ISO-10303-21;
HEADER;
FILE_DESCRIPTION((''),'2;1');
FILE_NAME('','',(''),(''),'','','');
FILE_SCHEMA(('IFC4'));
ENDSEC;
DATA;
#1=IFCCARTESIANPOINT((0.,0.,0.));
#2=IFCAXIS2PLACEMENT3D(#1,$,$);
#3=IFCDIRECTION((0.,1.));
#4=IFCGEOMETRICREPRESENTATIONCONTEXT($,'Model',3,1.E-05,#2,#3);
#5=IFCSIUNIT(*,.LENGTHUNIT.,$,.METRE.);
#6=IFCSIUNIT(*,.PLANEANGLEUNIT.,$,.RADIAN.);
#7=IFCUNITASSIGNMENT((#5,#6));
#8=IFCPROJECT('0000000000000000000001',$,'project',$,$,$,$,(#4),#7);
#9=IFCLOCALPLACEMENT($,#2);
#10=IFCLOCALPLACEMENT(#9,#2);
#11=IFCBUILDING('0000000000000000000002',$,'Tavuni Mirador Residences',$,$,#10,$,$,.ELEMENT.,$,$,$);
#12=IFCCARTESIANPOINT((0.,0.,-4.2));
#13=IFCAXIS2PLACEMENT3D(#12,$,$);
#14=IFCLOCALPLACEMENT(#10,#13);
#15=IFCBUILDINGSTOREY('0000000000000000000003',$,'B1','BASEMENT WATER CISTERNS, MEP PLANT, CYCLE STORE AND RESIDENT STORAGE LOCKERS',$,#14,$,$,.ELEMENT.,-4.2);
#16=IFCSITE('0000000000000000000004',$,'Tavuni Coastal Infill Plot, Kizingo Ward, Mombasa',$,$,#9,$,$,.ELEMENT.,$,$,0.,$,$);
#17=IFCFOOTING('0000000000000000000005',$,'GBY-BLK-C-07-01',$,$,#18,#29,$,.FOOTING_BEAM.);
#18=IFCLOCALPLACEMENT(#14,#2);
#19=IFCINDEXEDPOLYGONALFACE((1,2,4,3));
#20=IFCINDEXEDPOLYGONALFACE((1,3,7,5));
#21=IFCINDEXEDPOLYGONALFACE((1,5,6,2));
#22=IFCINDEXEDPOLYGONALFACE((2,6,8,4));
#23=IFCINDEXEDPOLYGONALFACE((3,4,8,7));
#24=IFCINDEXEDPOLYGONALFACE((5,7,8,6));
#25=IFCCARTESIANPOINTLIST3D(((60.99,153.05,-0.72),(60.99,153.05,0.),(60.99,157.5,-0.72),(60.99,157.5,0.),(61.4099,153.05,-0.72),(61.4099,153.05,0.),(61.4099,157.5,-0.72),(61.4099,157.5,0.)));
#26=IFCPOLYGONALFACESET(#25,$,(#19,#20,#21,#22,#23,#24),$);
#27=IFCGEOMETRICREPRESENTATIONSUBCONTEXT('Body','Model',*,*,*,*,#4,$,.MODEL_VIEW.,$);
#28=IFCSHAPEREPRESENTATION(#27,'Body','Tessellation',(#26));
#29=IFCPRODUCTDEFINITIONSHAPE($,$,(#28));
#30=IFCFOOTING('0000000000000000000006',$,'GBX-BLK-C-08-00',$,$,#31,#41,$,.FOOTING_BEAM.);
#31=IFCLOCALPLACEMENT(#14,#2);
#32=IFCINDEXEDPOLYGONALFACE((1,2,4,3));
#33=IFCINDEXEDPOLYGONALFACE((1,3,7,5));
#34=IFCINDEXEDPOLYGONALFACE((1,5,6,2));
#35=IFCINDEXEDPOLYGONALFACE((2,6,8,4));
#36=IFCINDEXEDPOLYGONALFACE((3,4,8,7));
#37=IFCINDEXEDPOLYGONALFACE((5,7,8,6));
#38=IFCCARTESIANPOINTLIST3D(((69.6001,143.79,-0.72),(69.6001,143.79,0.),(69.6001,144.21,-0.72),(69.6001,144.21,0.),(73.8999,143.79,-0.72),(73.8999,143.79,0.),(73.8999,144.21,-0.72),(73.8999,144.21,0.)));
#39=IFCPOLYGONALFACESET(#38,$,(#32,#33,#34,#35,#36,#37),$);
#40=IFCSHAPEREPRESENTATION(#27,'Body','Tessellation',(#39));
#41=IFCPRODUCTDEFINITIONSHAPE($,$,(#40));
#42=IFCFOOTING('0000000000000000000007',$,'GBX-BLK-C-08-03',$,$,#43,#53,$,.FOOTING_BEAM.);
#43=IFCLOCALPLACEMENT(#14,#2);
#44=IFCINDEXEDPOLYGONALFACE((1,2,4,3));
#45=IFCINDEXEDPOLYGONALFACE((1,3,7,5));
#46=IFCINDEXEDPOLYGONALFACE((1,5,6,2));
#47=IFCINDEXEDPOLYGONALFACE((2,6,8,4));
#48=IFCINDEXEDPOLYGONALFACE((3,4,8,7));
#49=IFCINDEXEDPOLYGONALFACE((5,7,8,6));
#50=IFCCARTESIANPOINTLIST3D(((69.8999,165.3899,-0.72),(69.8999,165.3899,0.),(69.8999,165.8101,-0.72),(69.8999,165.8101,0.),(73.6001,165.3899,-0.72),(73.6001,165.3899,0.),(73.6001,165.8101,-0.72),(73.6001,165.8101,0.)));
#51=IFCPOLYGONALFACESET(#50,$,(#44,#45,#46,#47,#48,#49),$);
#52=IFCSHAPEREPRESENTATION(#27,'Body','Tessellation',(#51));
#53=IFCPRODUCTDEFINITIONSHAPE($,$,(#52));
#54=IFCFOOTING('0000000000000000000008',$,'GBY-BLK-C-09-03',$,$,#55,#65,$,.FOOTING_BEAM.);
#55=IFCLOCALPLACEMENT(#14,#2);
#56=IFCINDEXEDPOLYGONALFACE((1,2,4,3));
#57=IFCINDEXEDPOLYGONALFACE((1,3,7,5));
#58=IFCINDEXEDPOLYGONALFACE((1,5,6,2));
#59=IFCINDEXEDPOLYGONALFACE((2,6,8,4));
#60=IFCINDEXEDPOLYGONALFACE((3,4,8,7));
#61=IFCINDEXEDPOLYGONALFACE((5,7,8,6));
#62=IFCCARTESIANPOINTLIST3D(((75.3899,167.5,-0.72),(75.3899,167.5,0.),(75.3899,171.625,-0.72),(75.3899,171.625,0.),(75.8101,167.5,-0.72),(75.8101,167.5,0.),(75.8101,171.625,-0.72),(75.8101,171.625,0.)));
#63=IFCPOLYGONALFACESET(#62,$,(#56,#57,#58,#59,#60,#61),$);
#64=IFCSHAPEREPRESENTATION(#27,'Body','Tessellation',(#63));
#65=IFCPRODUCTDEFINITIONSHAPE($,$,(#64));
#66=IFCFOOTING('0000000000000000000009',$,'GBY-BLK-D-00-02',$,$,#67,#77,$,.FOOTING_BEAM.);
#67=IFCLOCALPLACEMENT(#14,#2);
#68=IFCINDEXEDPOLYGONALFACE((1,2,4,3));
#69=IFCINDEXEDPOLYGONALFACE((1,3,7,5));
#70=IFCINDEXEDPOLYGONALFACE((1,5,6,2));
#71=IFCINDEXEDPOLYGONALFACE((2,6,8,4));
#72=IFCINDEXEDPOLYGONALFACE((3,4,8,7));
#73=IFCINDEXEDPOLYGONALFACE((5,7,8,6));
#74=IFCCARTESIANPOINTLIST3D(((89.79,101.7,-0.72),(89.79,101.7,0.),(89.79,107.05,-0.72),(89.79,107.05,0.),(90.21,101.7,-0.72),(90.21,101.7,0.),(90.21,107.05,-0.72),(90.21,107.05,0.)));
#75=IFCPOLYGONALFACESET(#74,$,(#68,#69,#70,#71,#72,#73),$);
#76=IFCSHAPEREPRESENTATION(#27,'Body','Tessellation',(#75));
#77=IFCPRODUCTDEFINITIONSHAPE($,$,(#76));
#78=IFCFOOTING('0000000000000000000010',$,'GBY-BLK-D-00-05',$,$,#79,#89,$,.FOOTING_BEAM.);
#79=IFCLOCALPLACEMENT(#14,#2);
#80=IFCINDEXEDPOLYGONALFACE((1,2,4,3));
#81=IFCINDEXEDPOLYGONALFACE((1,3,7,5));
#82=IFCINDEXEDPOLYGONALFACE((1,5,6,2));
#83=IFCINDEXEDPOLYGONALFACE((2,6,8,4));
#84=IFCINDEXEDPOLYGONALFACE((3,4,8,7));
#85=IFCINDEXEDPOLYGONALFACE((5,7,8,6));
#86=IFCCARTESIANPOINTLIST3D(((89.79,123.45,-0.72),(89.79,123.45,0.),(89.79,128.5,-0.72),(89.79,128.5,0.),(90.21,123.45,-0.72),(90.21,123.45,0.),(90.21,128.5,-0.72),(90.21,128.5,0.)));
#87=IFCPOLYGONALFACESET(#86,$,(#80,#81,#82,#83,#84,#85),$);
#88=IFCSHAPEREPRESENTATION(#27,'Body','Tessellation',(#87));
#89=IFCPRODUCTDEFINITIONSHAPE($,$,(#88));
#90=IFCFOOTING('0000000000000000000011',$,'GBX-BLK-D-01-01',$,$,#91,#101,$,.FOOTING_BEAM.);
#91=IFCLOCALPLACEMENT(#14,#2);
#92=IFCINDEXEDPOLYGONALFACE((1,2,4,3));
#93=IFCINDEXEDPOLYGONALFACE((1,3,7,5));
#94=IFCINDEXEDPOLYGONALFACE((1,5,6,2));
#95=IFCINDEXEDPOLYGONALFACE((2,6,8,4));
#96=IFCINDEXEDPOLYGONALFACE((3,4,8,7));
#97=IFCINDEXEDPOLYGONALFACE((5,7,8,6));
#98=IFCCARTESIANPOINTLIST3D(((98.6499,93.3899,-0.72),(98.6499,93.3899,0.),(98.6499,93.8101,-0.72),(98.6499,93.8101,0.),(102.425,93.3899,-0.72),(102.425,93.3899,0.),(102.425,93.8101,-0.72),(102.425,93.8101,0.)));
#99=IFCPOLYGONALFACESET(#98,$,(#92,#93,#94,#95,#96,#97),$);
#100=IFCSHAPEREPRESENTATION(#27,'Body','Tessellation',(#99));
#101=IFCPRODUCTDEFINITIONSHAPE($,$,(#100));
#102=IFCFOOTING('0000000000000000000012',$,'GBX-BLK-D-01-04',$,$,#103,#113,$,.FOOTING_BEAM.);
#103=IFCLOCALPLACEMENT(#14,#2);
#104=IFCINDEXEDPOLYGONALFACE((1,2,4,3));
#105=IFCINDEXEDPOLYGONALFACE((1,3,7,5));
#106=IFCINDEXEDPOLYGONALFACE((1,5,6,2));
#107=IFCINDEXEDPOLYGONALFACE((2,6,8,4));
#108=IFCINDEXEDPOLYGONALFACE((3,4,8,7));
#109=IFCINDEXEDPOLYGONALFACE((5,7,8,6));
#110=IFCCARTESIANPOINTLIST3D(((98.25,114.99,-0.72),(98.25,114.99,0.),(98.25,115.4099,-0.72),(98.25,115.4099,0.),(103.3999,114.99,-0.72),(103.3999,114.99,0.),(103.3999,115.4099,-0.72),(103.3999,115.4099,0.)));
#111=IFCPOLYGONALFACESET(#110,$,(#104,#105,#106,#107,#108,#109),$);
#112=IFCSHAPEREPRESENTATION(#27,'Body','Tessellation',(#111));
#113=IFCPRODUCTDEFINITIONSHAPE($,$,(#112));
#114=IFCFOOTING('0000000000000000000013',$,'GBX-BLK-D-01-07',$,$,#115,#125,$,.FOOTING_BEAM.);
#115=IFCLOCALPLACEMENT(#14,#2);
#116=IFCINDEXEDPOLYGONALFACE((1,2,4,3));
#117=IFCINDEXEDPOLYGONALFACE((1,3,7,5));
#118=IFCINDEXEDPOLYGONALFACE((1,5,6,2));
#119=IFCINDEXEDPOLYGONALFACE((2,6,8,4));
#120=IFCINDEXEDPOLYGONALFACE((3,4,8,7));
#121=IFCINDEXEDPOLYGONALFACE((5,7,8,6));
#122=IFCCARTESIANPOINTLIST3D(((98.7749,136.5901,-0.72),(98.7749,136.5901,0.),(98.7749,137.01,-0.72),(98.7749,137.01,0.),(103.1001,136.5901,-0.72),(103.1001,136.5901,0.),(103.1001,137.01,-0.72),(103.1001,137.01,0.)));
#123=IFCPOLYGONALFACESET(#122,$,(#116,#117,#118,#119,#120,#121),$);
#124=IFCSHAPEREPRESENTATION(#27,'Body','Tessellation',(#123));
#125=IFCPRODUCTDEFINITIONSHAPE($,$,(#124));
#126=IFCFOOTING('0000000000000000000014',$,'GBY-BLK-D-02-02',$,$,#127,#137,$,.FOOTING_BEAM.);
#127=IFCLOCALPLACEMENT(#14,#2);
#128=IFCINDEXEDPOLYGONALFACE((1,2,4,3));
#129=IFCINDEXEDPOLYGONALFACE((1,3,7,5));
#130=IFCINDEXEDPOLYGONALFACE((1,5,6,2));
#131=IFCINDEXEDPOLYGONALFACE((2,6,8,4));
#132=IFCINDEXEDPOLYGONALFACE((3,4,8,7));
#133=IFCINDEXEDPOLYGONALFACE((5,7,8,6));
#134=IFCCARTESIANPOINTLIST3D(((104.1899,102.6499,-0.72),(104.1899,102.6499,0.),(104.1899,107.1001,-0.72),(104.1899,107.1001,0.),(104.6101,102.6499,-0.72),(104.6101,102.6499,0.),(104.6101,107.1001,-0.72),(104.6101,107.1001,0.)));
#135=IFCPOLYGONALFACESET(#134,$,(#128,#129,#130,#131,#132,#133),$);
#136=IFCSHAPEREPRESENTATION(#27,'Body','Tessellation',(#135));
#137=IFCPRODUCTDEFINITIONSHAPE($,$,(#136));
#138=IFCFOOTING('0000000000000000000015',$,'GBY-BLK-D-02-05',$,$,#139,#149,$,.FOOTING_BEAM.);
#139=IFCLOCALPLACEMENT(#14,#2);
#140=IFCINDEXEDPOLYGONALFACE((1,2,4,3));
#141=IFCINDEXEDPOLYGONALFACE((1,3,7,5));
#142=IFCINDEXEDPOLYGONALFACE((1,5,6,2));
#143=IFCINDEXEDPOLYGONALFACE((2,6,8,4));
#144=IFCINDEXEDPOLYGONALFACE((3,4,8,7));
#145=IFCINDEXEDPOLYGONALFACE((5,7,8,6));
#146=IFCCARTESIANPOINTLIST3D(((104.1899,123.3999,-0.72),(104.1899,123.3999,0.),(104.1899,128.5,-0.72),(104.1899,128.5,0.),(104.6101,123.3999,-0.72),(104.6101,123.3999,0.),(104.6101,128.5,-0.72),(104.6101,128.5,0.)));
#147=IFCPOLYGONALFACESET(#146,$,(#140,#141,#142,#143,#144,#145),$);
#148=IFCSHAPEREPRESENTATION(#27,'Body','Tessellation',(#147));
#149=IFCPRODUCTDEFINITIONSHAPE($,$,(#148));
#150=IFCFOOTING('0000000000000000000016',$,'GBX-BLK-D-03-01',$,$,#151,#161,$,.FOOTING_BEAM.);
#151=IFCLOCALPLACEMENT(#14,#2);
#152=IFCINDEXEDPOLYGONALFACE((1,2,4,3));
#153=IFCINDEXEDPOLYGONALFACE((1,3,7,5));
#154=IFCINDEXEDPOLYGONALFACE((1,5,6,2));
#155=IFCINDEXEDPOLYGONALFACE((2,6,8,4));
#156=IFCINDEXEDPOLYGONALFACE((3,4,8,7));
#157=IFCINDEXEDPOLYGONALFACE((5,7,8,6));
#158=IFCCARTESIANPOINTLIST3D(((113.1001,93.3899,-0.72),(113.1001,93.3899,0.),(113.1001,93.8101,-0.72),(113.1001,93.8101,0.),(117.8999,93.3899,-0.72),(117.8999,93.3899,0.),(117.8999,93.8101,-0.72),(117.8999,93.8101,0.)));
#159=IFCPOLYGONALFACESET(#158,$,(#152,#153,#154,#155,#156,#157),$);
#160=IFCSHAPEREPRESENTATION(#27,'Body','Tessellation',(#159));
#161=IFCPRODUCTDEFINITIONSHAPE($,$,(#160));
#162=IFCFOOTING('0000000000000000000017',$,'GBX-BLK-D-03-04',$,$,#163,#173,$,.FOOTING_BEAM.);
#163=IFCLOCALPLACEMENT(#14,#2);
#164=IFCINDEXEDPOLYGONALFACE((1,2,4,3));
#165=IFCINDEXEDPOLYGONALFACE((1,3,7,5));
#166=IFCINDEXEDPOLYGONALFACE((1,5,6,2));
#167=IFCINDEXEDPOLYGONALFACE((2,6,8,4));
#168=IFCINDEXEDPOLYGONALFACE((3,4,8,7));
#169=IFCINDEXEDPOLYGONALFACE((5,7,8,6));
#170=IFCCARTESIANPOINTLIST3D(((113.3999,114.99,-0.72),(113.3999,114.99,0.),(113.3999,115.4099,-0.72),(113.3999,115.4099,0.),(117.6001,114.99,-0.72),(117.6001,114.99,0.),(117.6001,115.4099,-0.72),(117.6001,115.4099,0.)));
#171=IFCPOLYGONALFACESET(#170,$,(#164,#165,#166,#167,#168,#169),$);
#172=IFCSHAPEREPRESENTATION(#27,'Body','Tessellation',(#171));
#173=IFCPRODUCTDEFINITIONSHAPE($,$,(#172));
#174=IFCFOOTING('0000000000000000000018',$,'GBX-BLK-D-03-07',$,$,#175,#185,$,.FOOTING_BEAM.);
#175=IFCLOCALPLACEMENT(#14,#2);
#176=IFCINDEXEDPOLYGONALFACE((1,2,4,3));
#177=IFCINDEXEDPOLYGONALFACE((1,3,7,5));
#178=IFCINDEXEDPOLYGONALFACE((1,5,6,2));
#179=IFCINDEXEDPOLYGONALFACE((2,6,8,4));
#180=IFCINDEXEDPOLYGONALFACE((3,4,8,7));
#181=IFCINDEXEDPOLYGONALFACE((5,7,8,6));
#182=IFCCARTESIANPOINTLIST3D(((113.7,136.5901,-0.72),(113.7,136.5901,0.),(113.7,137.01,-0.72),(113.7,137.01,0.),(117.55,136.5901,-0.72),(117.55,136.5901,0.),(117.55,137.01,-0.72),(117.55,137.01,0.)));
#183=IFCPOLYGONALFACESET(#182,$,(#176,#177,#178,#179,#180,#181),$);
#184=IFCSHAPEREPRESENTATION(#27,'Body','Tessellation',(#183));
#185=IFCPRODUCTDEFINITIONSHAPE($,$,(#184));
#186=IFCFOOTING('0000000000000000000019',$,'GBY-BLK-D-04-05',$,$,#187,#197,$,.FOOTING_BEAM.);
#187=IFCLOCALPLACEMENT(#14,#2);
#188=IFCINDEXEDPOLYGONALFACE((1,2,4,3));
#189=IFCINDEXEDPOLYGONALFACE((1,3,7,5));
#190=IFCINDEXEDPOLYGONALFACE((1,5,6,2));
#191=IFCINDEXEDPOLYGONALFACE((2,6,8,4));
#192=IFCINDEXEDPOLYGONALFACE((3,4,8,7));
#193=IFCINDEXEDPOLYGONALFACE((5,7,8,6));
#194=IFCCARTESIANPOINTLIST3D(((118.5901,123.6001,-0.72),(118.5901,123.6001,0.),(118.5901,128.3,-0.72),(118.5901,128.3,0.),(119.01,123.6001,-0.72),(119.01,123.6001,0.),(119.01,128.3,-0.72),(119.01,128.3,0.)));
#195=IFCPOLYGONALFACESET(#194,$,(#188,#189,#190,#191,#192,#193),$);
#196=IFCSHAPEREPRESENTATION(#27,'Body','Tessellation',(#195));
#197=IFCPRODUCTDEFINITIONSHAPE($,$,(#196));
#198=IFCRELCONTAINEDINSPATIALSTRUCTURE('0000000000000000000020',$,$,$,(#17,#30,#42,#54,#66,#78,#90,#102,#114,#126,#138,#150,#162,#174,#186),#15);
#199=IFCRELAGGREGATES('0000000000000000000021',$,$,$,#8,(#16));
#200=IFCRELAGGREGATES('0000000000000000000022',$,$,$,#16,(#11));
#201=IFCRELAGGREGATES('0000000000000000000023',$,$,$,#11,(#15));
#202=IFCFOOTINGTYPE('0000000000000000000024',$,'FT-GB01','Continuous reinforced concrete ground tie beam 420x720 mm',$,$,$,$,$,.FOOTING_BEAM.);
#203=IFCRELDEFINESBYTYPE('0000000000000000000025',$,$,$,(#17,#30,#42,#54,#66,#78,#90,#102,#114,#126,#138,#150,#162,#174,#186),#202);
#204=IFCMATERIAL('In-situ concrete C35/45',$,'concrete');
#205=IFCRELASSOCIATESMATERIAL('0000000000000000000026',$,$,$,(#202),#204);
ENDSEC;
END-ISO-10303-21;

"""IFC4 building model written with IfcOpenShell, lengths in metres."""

from ifc_helpers import new_model, si_unit, direction, frame, origin, place, context, subcontext, project, spatial, polyline, outline, extrude, material, type_object, element, save


model = new_model("IFC4")

# Units and contexts
model_context = context("Model", 3, precision=1e-05, world=origin(), true_north=direction((0.0, 1.0)))
body_context = subcontext(model_context, "Body", "Model", "MODEL_VIEW")
ifc_project = project(units=[si_unit("LENGTHUNIT", "METRE"), si_unit("PLANEANGLEUNIT", "RADIAN")], contexts=[model_context])

# Site, building, storey
site_placement = place(None, origin())
site = spatial("IfcSite", under=ifc_project, at=site_placement, Name="Tavuni Coastal Infill Plot, Kizingo Ward, Mombasa", CompositionType="ELEMENT", RefElevation=0.0)
building_placement = place(site_placement, origin())
building = spatial("IfcBuilding", under=site, at=building_placement, Name="Tavuni Mirador Residences", CompositionType="ELEMENT")
storey_placement = place(building_placement, frame((0.0, 0.0, -4.2)))
storey = spatial("IfcBuildingStorey", under=building, at=storey_placement, Name="B1", Description="BASEMENT WATER CISTERNS, MEP PLANT, CYCLE STORE AND RESIDENT STORAGE LOCKERS", CompositionType="ELEMENT", Elevation=-4.2)

# Footings
ifc_material = material(Name="In-situ concrete C35/45", Category="concrete")
footing_type = type_object("IfcFootingType", Name="FT-GB01", Description="Continuous reinforced concrete ground tie beam 420x720 mm", PredefinedType="FOOTING_BEAM", material=ifc_material)
footing_1_placement = place(storey_placement, frame((0.0, 0.0, -0.72)))
element("IfcFooting", 1, at=footing_1_placement, inside=storey, type_object=footing_type, Name="GBY-BLK-C-07-01", PredefinedType="FOOTING_BEAM", context=body_context, shape_type="SweptSolid", body=[
    extrude(outline(polyline([(60.99, 153.05), (61.4099, 153.05), (61.4099, 157.5), (60.99, 157.5), (60.99, 153.05)])), origin(), (0.0, 0.0, 1.0), 0.72),
])
footing_2_placement = place(storey_placement, frame((0.0, 0.0, -0.72)))
element("IfcFooting", 2, at=footing_2_placement, inside=storey, type_object=footing_type, Name="GBX-BLK-C-08-00", PredefinedType="FOOTING_BEAM", context=body_context, shape_type="SweptSolid", body=[
    extrude(outline(polyline([(69.6001, 143.79), (73.8999, 143.79), (73.8999, 144.21), (69.6001, 144.21), (69.6001, 143.79)])), origin(), (0.0, 0.0, 1.0), 0.72),
])
footing_3_placement = place(storey_placement, frame((0.0, 0.0, -0.72)))
element("IfcFooting", 3, at=footing_3_placement, inside=storey, type_object=footing_type, Name="GBX-BLK-C-08-03", PredefinedType="FOOTING_BEAM", context=body_context, shape_type="SweptSolid", body=[
    extrude(outline(polyline([(69.8999, 165.3899), (73.6001, 165.3899), (73.6001, 165.8101), (69.8999, 165.8101), (69.8999, 165.3899)])), origin(), (0.0, 0.0, 1.0), 0.72),
])
footing_4_placement = place(storey_placement, frame((0.0, 0.0, -0.72)))
element("IfcFooting", 4, at=footing_4_placement, inside=storey, type_object=footing_type, Name="GBY-BLK-C-09-03", PredefinedType="FOOTING_BEAM", context=body_context, shape_type="SweptSolid", body=[
    extrude(outline(polyline([(75.3899, 167.5), (75.8101, 167.5), (75.8101, 171.625), (75.3899, 171.625), (75.3899, 167.5)])), origin(), (0.0, 0.0, 1.0), 0.72),
])
footing_5_placement = place(storey_placement, frame((0.0, 0.0, -0.72)))
element("IfcFooting", 5, at=footing_5_placement, inside=storey, type_object=footing_type, Name="GBY-BLK-D-00-02", PredefinedType="FOOTING_BEAM", context=body_context, shape_type="SweptSolid", body=[
    extrude(outline(polyline([(89.79, 101.7), (90.21, 101.7), (90.21, 107.05), (89.79, 107.05), (89.79, 101.7)])), origin(), (0.0, 0.0, 1.0), 0.72),
])
footing_6_placement = place(storey_placement, frame((0.0, 0.0, -0.72)))
element("IfcFooting", 6, at=footing_6_placement, inside=storey, type_object=footing_type, Name="GBY-BLK-D-00-05", PredefinedType="FOOTING_BEAM", context=body_context, shape_type="SweptSolid", body=[
    extrude(outline(polyline([(89.79, 123.45), (90.21, 123.45), (90.21, 128.5), (89.79, 128.5), (89.79, 123.45)])), origin(), (0.0, 0.0, 1.0), 0.72),
])
footing_7_placement = place(storey_placement, frame((0.0, 0.0, -0.72)))
element("IfcFooting", 7, at=footing_7_placement, inside=storey, type_object=footing_type, Name="GBX-BLK-D-01-01", PredefinedType="FOOTING_BEAM", context=body_context, shape_type="SweptSolid", body=[
    extrude(outline(polyline([(98.6499, 93.3899), (102.425, 93.3899), (102.425, 93.8101), (98.6499, 93.8101), (98.6499, 93.3899)])), origin(), (0.0, 0.0, 1.0), 0.72),
])
footing_8_placement = place(storey_placement, frame((0.0, 0.0, -0.72)))
element("IfcFooting", 8, at=footing_8_placement, inside=storey, type_object=footing_type, Name="GBX-BLK-D-01-04", PredefinedType="FOOTING_BEAM", context=body_context, shape_type="SweptSolid", body=[
    extrude(outline(polyline([(98.25, 114.99), (103.3999, 114.99), (103.3999, 115.4099), (98.25, 115.4099), (98.25, 114.99)])), origin(), (0.0, 0.0, 1.0), 0.72),
])
footing_9_placement = place(storey_placement, frame((0.0, 0.0, -0.72)))
element("IfcFooting", 9, at=footing_9_placement, inside=storey, type_object=footing_type, Name="GBX-BLK-D-01-07", PredefinedType="FOOTING_BEAM", context=body_context, shape_type="SweptSolid", body=[
    extrude(outline(polyline([(98.7749, 136.5901), (103.1001, 136.5901), (103.1001, 137.01), (98.7749, 137.01), (98.7749, 136.5901)])), origin(), (0.0, 0.0, 1.0), 0.72),
])
footing_10_placement = place(storey_placement, frame((0.0, 0.0, -0.72)))
element("IfcFooting", 10, at=footing_10_placement, inside=storey, type_object=footing_type, Name="GBY-BLK-D-02-02", PredefinedType="FOOTING_BEAM", context=body_context, shape_type="SweptSolid", body=[
    extrude(outline(polyline([(104.1899, 102.6499), (104.6101, 102.6499), (104.6101, 107.1001), (104.1899, 107.1001), (104.1899, 102.6499)])), origin(), (0.0, 0.0, 1.0), 0.72),
])
footing_11_placement = place(storey_placement, frame((0.0, 0.0, -0.72)))
element("IfcFooting", 11, at=footing_11_placement, inside=storey, type_object=footing_type, Name="GBY-BLK-D-02-05", PredefinedType="FOOTING_BEAM", context=body_context, shape_type="SweptSolid", body=[
    extrude(outline(polyline([(104.1899, 123.3999), (104.6101, 123.3999), (104.6101, 128.5), (104.1899, 128.5), (104.1899, 123.3999)])), origin(), (0.0, 0.0, 1.0), 0.72),
])
footing_12_placement = place(storey_placement, frame((0.0, 0.0, -0.72)))
element("IfcFooting", 12, at=footing_12_placement, inside=storey, type_object=footing_type, Name="GBX-BLK-D-03-01", PredefinedType="FOOTING_BEAM", context=body_context, shape_type="SweptSolid", body=[
    extrude(outline(polyline([(113.1001, 93.3899), (117.8999, 93.3899), (117.8999, 93.8101), (113.1001, 93.8101), (113.1001, 93.3899)])), origin(), (0.0, 0.0, 1.0), 0.72),
])
footing_13_placement = place(storey_placement, frame((0.0, 0.0, -0.72)))
element("IfcFooting", 13, at=footing_13_placement, inside=storey, type_object=footing_type, Name="GBX-BLK-D-03-04", PredefinedType="FOOTING_BEAM", context=body_context, shape_type="SweptSolid", body=[
    extrude(outline(polyline([(113.3999, 114.99), (117.6001, 114.99), (117.6001, 115.4099), (113.3999, 115.4099), (113.3999, 114.99)])), origin(), (0.0, 0.0, 1.0), 0.72),
])
footing_14_placement = place(storey_placement, frame((0.0, 0.0, -0.72)))
element("IfcFooting", 14, at=footing_14_placement, inside=storey, type_object=footing_type, Name="GBX-BLK-D-03-07", PredefinedType="FOOTING_BEAM", context=body_context, shape_type="SweptSolid", body=[
    extrude(outline(polyline([(113.7, 136.5901), (117.55, 136.5901), (117.55, 137.01), (113.7, 137.01), (113.7, 136.5901)])), origin(), (0.0, 0.0, 1.0), 0.72),
])
footing_15_placement = place(storey_placement, frame((0.0, 0.0, -0.72)))
element("IfcFooting", 15, at=footing_15_placement, inside=storey, type_object=footing_type, Name="GBY-BLK-D-04-05", PredefinedType="FOOTING_BEAM", context=body_context, shape_type="SweptSolid", body=[
    extrude(outline(polyline([(118.5901, 123.6001), (119.01, 123.6001), (119.01, 128.3), (118.5901, 128.3), (118.5901, 123.6001)])), origin(), (0.0, 0.0, 1.0), 0.72),
])

save(model, "model.ifc")
